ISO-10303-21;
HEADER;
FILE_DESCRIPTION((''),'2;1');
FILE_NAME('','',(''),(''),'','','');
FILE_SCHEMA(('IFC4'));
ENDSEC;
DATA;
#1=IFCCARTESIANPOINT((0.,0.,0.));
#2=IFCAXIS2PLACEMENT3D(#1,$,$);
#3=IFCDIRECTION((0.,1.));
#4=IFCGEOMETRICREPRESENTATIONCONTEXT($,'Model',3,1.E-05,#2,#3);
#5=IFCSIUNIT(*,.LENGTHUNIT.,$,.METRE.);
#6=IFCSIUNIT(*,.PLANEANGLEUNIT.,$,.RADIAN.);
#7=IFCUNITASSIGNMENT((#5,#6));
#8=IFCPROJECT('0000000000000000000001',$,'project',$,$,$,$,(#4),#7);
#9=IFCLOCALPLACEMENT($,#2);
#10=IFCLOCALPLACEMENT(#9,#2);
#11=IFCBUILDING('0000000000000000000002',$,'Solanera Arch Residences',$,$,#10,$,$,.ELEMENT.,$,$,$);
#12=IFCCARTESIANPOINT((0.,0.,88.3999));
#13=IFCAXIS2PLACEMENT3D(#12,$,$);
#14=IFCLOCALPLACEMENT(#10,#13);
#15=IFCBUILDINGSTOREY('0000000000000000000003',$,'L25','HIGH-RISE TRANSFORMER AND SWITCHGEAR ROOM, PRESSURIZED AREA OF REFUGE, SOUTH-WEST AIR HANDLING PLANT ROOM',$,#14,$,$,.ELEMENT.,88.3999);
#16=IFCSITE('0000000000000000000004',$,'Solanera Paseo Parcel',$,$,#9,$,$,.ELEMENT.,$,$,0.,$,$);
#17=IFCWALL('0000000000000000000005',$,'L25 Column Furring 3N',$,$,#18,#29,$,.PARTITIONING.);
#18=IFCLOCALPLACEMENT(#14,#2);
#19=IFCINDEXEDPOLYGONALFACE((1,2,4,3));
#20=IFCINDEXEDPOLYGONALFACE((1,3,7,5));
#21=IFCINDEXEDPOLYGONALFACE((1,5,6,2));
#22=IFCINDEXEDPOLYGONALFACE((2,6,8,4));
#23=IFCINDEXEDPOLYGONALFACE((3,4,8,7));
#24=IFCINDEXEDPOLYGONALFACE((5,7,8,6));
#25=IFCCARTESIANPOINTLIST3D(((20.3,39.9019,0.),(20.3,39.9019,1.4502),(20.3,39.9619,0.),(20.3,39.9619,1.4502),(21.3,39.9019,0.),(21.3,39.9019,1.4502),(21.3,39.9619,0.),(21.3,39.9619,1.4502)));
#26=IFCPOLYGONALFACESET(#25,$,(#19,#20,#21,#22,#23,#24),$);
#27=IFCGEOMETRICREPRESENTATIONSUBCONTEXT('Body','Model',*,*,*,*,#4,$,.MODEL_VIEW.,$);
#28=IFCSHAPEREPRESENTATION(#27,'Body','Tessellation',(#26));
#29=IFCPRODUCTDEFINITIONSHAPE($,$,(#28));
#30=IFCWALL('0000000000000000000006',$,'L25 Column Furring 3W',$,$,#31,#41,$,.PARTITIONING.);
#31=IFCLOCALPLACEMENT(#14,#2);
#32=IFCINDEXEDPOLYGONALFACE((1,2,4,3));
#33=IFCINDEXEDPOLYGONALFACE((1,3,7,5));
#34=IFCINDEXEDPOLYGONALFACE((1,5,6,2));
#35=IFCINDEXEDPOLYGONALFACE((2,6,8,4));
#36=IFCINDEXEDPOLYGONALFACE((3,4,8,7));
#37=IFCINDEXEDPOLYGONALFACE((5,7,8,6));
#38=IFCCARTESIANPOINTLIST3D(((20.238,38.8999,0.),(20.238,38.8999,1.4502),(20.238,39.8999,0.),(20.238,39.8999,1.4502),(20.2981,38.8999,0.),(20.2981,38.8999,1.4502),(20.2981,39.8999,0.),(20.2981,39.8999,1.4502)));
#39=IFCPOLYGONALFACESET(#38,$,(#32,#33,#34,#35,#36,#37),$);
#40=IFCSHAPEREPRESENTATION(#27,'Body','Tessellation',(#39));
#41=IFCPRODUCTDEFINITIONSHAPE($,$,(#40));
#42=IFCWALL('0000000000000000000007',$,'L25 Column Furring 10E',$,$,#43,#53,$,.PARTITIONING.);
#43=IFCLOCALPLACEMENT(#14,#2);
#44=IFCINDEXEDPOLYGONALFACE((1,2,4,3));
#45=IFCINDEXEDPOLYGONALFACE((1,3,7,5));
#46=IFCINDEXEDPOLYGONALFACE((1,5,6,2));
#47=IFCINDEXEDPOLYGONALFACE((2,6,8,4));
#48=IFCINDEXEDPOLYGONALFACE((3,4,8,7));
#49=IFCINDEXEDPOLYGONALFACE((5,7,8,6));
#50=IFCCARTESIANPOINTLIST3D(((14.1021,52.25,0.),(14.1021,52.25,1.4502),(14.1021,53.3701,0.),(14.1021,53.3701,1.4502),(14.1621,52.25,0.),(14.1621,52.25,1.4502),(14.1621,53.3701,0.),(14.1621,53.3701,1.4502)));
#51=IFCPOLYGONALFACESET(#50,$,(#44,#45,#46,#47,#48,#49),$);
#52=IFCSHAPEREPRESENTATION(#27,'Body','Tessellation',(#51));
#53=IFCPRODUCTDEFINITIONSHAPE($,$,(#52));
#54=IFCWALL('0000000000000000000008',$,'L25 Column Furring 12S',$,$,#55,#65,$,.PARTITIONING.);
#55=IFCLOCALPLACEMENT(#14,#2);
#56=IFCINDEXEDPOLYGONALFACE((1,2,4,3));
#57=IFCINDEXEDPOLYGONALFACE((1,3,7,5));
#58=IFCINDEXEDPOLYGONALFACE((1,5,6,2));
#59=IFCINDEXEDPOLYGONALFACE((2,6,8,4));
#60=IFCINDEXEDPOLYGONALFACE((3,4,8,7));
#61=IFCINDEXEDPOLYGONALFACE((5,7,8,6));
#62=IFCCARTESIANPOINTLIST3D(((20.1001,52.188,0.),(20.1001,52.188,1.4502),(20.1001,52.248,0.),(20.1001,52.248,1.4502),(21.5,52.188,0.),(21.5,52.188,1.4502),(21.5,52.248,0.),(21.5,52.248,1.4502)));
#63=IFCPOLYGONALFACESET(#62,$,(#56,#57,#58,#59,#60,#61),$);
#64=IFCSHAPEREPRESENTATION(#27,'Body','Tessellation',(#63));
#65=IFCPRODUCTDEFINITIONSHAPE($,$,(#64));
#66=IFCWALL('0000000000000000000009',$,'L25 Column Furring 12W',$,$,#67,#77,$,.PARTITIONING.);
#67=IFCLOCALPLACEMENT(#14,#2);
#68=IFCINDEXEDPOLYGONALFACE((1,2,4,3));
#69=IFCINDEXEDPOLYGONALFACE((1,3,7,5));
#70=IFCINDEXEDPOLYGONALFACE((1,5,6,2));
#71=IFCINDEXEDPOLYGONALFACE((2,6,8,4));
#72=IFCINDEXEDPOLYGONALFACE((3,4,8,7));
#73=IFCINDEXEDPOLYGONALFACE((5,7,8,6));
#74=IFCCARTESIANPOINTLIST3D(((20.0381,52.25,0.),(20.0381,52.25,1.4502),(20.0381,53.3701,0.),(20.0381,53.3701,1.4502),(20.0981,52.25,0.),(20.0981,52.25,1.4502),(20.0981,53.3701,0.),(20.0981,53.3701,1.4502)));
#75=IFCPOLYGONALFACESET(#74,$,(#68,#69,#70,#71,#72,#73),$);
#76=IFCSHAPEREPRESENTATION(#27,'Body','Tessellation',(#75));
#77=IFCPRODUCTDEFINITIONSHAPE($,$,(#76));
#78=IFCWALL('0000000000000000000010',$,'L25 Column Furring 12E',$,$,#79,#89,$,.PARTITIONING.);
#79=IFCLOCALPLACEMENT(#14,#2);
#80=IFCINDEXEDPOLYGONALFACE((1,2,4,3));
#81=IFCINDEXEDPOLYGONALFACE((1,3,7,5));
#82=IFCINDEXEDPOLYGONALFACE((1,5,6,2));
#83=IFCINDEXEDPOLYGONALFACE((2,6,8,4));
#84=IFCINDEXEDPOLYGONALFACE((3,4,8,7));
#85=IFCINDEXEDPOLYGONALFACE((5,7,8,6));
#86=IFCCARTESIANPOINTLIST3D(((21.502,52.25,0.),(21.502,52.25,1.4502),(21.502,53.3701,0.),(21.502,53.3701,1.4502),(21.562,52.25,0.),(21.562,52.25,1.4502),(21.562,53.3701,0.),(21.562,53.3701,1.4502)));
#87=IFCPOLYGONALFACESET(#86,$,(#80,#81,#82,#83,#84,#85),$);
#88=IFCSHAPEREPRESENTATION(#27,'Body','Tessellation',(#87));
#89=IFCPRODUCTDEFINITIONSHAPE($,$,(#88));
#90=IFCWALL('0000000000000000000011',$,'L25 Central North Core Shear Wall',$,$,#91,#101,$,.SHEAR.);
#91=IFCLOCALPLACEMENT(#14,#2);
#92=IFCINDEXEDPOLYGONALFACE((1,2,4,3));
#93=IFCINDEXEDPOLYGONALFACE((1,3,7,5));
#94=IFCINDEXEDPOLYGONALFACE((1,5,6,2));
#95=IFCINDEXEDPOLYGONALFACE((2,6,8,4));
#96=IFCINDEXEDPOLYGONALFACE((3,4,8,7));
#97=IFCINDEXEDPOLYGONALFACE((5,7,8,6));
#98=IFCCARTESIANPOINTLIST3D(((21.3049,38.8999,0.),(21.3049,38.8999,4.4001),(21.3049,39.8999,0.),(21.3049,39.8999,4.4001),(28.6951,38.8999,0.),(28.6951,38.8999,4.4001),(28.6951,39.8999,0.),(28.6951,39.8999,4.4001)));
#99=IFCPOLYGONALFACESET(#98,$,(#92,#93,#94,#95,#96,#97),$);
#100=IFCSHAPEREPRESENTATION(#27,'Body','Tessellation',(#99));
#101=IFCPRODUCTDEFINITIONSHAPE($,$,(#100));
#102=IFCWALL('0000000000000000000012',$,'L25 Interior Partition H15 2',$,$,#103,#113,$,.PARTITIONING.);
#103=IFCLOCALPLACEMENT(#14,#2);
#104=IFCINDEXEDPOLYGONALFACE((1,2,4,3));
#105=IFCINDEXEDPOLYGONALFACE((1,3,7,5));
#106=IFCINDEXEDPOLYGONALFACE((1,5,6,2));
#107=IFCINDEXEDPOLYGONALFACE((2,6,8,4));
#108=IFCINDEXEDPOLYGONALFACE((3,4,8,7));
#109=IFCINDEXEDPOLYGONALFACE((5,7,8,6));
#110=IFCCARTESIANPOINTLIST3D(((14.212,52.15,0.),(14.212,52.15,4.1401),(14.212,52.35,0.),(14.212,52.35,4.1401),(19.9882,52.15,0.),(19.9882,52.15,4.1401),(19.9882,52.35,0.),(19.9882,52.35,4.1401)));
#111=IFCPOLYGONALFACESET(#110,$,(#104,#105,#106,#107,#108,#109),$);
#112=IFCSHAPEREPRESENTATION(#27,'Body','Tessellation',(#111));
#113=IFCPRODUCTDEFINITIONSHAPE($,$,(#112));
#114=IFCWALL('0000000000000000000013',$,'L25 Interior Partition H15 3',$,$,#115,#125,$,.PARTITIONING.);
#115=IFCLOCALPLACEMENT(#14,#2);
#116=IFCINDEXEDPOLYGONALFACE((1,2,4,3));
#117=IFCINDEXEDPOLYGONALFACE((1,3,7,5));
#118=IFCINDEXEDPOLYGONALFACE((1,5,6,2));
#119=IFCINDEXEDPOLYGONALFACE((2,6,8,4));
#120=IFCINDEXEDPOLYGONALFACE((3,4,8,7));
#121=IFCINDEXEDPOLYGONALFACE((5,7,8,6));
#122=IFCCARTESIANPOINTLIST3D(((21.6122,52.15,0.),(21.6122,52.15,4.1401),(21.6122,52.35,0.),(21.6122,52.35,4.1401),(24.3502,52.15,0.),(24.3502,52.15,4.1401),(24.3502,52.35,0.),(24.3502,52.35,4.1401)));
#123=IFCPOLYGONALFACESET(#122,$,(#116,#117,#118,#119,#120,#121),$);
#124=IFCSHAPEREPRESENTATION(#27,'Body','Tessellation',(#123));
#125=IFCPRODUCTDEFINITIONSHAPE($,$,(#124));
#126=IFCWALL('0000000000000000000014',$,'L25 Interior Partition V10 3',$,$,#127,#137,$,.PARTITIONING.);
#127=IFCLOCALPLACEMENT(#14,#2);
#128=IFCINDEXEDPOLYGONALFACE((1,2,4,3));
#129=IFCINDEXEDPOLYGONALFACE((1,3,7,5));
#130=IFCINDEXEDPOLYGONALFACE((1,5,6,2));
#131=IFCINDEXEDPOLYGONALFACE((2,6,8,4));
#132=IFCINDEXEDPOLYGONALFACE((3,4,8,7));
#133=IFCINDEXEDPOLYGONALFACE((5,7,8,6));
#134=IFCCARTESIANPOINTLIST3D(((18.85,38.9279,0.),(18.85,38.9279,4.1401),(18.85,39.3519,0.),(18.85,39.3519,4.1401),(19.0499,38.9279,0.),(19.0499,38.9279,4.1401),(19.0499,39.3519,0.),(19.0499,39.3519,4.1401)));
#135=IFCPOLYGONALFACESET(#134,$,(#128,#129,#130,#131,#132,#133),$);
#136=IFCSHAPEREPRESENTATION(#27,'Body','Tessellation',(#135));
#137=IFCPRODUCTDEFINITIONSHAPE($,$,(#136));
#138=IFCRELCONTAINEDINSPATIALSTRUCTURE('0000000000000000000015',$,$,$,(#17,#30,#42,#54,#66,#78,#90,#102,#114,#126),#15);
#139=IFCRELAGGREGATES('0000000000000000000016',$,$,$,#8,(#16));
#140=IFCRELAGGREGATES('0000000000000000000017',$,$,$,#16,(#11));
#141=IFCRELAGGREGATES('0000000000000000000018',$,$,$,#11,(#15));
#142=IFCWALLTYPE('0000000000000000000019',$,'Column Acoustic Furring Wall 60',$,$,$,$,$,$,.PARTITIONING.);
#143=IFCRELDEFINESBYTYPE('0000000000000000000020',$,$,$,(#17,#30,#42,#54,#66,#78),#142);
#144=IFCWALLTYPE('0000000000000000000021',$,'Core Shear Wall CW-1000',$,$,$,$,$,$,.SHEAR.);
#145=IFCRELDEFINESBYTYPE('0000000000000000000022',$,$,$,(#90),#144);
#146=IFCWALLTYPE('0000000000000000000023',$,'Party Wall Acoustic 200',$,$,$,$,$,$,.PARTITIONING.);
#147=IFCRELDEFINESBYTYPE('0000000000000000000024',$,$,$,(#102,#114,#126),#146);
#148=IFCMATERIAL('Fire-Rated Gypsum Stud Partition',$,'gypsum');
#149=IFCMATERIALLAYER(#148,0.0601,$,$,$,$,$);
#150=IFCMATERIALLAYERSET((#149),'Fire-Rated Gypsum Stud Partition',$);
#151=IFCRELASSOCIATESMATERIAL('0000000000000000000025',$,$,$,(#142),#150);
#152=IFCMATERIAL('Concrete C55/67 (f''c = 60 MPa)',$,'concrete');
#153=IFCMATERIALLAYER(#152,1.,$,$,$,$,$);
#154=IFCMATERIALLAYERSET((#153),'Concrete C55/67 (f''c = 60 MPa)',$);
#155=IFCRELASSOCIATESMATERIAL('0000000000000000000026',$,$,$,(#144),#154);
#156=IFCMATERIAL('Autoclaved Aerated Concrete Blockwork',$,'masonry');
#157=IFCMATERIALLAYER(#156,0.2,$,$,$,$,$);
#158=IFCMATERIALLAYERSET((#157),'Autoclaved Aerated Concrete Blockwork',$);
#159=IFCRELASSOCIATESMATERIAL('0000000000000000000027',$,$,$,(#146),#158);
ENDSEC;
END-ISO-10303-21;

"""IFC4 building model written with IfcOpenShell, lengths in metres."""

from ifc_helpers import new_model, si_unit, direction, frame, frame_2d, origin, place, context, subcontext, project, spatial, rectangle, extrude, material, layer, layer_set, type_object, element, save


model = new_model("IFC4")

# Units and contexts
model_context = context("Model", 3, precision=1e-05, world=origin(), true_north=direction((0.0, 1.0)))
body_context = subcontext(model_context, "Body", "Model", "MODEL_VIEW")
ifc_project = project(units=[si_unit("LENGTHUNIT", "METRE"), si_unit("PLANEANGLEUNIT", "RADIAN")], contexts=[model_context])

# Site, building, storey
site_placement = place(None, origin())
site = spatial("IfcSite", under=ifc_project, at=site_placement, Name="Solanera Paseo Parcel", CompositionType="ELEMENT", RefElevation=0.0)
building_placement = place(site_placement, origin())
building = spatial("IfcBuilding", under=site, at=building_placement, Name="Solanera Arch Residences", CompositionType="ELEMENT")
storey_placement = place(building_placement, frame((0.0, 0.0, 88.3999)))
storey = spatial("IfcBuildingStorey", under=building, at=storey_placement, Name="L25", Description="HIGH-RISE TRANSFORMER AND SWITCHGEAR ROOM, PRESSURIZED AREA OF REFUGE, SOUTH-WEST AIR HANDLING PLANT ROOM", CompositionType="ELEMENT", Elevation=88.3999)

# Walls
ifc_material_1 = material(Name="Fire-Rated Gypsum Stud Partition", Category="gypsum")
ifc_layer_1 = layer(ifc_material_1, 0.0601)
ifc_layer_set_1 = layer_set([ifc_layer_1], Name="Fire-Rated Gypsum Stud Partition")
wall_type_1 = type_object("IfcWallType", Name="Column Acoustic Furring Wall 60", PredefinedType="PARTITIONING", material=ifc_layer_set_1)
for number, where, z_axis, x_axis, name in (
    (1, (20.3, 39.9319, 0.0), (0.0, 0.0, 1.0), (1.0, 0.0, 0.0), "L25 Column Furring 3N"),
    (2, (20.2681, 38.8999, 0.0), (0.0, 0.0, 1.0), (0.0, 1.0, 0.0), "L25 Column Furring 3W"),
):
    element("IfcWall", number, at=place(storey_placement, frame(where, z_axis=z_axis, x_axis=x_axis)), inside=storey, type_object=wall_type_1, Name=name, PredefinedType="PARTITIONING", context=body_context, shape_type="SweptSolid", body=[
        extrude(rectangle(XDim=1.0, YDim=0.0601, at=frame_2d((0.5, 0.0))), origin(), (0.0, 0.0, 1.0), 1.4502),
    ])
wall_1_placement = place(storey_placement, frame((14.1321, 52.25, 0.0), z_axis=(0.0, 0.0, 1.0), x_axis=(0.0, 1.0, 0.0)))
element("IfcWall", 3, at=wall_1_placement, inside=storey, type_object=wall_type_1, Name="L25 Column Furring 10E", PredefinedType="PARTITIONING", context=body_context, shape_type="SweptSolid", body=[
    extrude(rectangle(XDim=1.1201, YDim=0.0601, at=frame_2d((0.5601, 0.0))), origin(), (0.0, 0.0, 1.0), 1.4502),
])
wall_2_placement = place(storey_placement, frame((20.1001, 52.218, 0.0), z_axis=(0.0, 0.0, 1.0), x_axis=(1.0, 0.0, 0.0)))
element("IfcWall", 4, at=wall_2_placement, inside=storey, type_object=wall_type_1, Name="L25 Column Furring 12S", PredefinedType="PARTITIONING", context=body_context, shape_type="SweptSolid", body=[
    extrude(rectangle(XDim=1.3999, YDim=0.0601, at=frame_2d((0.7, 0.0))), origin(), (0.0, 0.0, 1.0), 1.4502),
])
for number, where, z_axis, x_axis, name in (
    (5, (20.0681, 52.25, 0.0), (0.0, 0.0, 1.0), (0.0, 1.0, 0.0), "L25 Column Furring 12W"),
    (6, (21.532, 52.25, 0.0), (0.0, 0.0, 1.0), (0.0, 1.0, 0.0), "L25 Column Furring 12E"),
):
    element("IfcWall", number, at=place(storey_placement, frame(where, z_axis=z_axis, x_axis=x_axis)), inside=storey, type_object=wall_type_1, Name=name, PredefinedType="PARTITIONING", context=body_context, shape_type="SweptSolid", body=[
        extrude(rectangle(XDim=1.1201, YDim=0.0601, at=frame_2d((0.5601, 0.0))), origin(), (0.0, 0.0, 1.0), 1.4502),
    ])
ifc_material_2 = material(Name="Concrete C55/67 (f'c = 60 MPa)", Category="concrete")
ifc_layer_2 = layer(ifc_material_2, 1.0)
ifc_layer_set_2 = layer_set([ifc_layer_2], Name="Concrete C55/67 (f'c = 60 MPa)")
wall_type_2 = type_object("IfcWallType", Name="Core Shear Wall CW-1000", PredefinedType="SHEAR", material=ifc_layer_set_2)
wall_3_placement = place(storey_placement, frame((21.3049, 39.3999, 0.0), z_axis=(0.0, 0.0, 1.0), x_axis=(1.0, 0.0, 0.0)))
element("IfcWall", 7, at=wall_3_placement, inside=storey, type_object=wall_type_2, Name="L25 Central North Core Shear Wall", PredefinedType="SHEAR", context=body_context, shape_type="SweptSolid", body=[
    extrude(rectangle(XDim=7.3901, YDim=1.0, at=frame_2d((3.6951, 0.0))), origin(), (0.0, 0.0, 1.0), 4.4001),
])
ifc_material_3 = material(Name="Autoclaved Aerated Concrete Blockwork", Category="masonry")
ifc_layer_3 = layer(ifc_material_3, 0.2)
ifc_layer_set_3 = layer_set([ifc_layer_3], Name="Autoclaved Aerated Concrete Blockwork")
wall_type_3 = type_object("IfcWallType", Name="Party Wall Acoustic 200", PredefinedType="PARTITIONING", material=ifc_layer_set_3)
wall_4_placement = place(storey_placement, frame((14.2119, 52.25, 0.0), z_axis=(0.0, 0.0, 1.0), x_axis=(1.0, 0.0, 0.0)))
element("IfcWall", 8, at=wall_4_placement, inside=storey, type_object=wall_type_3, Name="L25 Interior Partition H15 2", PredefinedType="PARTITIONING", context=body_context, shape_type="SweptSolid", body=[
    extrude(rectangle(XDim=5.7761, YDim=0.2, at=frame_2d((2.8882, 0.0))), origin(), (0.0, 0.0, 1.0), 4.1401),
])
wall_5_placement = place(storey_placement, frame((21.6121, 52.25, 0.0), z_axis=(0.0, 0.0, 1.0), x_axis=(1.0, 0.0, 0.0)))
element("IfcWall", 9, at=wall_5_placement, inside=storey, type_object=wall_type_3, Name="L25 Interior Partition H15 3", PredefinedType="PARTITIONING", context=body_context, shape_type="SweptSolid", body=[
    extrude(rectangle(XDim=2.738, YDim=0.2, at=frame_2d((1.3691, 0.0))), origin(), (0.0, 0.0, 1.0), 4.1401),
])
wall_6_placement = place(storey_placement, frame((18.95, 38.928, 0.0), z_axis=(0.0, 0.0, 1.0), x_axis=(0.0, 1.0, 0.0)))
element("IfcWall", 10, at=wall_6_placement, inside=storey, type_object=wall_type_3, Name="L25 Interior Partition V10 3", PredefinedType="PARTITIONING", context=body_context, shape_type="SweptSolid", body=[
    extrude(rectangle(XDim=0.4241, YDim=0.2, at=frame_2d((0.2119, 0.0))), origin(), (0.0, 0.0, 1.0), 4.1401),
])

save(model, "model.ifc")
